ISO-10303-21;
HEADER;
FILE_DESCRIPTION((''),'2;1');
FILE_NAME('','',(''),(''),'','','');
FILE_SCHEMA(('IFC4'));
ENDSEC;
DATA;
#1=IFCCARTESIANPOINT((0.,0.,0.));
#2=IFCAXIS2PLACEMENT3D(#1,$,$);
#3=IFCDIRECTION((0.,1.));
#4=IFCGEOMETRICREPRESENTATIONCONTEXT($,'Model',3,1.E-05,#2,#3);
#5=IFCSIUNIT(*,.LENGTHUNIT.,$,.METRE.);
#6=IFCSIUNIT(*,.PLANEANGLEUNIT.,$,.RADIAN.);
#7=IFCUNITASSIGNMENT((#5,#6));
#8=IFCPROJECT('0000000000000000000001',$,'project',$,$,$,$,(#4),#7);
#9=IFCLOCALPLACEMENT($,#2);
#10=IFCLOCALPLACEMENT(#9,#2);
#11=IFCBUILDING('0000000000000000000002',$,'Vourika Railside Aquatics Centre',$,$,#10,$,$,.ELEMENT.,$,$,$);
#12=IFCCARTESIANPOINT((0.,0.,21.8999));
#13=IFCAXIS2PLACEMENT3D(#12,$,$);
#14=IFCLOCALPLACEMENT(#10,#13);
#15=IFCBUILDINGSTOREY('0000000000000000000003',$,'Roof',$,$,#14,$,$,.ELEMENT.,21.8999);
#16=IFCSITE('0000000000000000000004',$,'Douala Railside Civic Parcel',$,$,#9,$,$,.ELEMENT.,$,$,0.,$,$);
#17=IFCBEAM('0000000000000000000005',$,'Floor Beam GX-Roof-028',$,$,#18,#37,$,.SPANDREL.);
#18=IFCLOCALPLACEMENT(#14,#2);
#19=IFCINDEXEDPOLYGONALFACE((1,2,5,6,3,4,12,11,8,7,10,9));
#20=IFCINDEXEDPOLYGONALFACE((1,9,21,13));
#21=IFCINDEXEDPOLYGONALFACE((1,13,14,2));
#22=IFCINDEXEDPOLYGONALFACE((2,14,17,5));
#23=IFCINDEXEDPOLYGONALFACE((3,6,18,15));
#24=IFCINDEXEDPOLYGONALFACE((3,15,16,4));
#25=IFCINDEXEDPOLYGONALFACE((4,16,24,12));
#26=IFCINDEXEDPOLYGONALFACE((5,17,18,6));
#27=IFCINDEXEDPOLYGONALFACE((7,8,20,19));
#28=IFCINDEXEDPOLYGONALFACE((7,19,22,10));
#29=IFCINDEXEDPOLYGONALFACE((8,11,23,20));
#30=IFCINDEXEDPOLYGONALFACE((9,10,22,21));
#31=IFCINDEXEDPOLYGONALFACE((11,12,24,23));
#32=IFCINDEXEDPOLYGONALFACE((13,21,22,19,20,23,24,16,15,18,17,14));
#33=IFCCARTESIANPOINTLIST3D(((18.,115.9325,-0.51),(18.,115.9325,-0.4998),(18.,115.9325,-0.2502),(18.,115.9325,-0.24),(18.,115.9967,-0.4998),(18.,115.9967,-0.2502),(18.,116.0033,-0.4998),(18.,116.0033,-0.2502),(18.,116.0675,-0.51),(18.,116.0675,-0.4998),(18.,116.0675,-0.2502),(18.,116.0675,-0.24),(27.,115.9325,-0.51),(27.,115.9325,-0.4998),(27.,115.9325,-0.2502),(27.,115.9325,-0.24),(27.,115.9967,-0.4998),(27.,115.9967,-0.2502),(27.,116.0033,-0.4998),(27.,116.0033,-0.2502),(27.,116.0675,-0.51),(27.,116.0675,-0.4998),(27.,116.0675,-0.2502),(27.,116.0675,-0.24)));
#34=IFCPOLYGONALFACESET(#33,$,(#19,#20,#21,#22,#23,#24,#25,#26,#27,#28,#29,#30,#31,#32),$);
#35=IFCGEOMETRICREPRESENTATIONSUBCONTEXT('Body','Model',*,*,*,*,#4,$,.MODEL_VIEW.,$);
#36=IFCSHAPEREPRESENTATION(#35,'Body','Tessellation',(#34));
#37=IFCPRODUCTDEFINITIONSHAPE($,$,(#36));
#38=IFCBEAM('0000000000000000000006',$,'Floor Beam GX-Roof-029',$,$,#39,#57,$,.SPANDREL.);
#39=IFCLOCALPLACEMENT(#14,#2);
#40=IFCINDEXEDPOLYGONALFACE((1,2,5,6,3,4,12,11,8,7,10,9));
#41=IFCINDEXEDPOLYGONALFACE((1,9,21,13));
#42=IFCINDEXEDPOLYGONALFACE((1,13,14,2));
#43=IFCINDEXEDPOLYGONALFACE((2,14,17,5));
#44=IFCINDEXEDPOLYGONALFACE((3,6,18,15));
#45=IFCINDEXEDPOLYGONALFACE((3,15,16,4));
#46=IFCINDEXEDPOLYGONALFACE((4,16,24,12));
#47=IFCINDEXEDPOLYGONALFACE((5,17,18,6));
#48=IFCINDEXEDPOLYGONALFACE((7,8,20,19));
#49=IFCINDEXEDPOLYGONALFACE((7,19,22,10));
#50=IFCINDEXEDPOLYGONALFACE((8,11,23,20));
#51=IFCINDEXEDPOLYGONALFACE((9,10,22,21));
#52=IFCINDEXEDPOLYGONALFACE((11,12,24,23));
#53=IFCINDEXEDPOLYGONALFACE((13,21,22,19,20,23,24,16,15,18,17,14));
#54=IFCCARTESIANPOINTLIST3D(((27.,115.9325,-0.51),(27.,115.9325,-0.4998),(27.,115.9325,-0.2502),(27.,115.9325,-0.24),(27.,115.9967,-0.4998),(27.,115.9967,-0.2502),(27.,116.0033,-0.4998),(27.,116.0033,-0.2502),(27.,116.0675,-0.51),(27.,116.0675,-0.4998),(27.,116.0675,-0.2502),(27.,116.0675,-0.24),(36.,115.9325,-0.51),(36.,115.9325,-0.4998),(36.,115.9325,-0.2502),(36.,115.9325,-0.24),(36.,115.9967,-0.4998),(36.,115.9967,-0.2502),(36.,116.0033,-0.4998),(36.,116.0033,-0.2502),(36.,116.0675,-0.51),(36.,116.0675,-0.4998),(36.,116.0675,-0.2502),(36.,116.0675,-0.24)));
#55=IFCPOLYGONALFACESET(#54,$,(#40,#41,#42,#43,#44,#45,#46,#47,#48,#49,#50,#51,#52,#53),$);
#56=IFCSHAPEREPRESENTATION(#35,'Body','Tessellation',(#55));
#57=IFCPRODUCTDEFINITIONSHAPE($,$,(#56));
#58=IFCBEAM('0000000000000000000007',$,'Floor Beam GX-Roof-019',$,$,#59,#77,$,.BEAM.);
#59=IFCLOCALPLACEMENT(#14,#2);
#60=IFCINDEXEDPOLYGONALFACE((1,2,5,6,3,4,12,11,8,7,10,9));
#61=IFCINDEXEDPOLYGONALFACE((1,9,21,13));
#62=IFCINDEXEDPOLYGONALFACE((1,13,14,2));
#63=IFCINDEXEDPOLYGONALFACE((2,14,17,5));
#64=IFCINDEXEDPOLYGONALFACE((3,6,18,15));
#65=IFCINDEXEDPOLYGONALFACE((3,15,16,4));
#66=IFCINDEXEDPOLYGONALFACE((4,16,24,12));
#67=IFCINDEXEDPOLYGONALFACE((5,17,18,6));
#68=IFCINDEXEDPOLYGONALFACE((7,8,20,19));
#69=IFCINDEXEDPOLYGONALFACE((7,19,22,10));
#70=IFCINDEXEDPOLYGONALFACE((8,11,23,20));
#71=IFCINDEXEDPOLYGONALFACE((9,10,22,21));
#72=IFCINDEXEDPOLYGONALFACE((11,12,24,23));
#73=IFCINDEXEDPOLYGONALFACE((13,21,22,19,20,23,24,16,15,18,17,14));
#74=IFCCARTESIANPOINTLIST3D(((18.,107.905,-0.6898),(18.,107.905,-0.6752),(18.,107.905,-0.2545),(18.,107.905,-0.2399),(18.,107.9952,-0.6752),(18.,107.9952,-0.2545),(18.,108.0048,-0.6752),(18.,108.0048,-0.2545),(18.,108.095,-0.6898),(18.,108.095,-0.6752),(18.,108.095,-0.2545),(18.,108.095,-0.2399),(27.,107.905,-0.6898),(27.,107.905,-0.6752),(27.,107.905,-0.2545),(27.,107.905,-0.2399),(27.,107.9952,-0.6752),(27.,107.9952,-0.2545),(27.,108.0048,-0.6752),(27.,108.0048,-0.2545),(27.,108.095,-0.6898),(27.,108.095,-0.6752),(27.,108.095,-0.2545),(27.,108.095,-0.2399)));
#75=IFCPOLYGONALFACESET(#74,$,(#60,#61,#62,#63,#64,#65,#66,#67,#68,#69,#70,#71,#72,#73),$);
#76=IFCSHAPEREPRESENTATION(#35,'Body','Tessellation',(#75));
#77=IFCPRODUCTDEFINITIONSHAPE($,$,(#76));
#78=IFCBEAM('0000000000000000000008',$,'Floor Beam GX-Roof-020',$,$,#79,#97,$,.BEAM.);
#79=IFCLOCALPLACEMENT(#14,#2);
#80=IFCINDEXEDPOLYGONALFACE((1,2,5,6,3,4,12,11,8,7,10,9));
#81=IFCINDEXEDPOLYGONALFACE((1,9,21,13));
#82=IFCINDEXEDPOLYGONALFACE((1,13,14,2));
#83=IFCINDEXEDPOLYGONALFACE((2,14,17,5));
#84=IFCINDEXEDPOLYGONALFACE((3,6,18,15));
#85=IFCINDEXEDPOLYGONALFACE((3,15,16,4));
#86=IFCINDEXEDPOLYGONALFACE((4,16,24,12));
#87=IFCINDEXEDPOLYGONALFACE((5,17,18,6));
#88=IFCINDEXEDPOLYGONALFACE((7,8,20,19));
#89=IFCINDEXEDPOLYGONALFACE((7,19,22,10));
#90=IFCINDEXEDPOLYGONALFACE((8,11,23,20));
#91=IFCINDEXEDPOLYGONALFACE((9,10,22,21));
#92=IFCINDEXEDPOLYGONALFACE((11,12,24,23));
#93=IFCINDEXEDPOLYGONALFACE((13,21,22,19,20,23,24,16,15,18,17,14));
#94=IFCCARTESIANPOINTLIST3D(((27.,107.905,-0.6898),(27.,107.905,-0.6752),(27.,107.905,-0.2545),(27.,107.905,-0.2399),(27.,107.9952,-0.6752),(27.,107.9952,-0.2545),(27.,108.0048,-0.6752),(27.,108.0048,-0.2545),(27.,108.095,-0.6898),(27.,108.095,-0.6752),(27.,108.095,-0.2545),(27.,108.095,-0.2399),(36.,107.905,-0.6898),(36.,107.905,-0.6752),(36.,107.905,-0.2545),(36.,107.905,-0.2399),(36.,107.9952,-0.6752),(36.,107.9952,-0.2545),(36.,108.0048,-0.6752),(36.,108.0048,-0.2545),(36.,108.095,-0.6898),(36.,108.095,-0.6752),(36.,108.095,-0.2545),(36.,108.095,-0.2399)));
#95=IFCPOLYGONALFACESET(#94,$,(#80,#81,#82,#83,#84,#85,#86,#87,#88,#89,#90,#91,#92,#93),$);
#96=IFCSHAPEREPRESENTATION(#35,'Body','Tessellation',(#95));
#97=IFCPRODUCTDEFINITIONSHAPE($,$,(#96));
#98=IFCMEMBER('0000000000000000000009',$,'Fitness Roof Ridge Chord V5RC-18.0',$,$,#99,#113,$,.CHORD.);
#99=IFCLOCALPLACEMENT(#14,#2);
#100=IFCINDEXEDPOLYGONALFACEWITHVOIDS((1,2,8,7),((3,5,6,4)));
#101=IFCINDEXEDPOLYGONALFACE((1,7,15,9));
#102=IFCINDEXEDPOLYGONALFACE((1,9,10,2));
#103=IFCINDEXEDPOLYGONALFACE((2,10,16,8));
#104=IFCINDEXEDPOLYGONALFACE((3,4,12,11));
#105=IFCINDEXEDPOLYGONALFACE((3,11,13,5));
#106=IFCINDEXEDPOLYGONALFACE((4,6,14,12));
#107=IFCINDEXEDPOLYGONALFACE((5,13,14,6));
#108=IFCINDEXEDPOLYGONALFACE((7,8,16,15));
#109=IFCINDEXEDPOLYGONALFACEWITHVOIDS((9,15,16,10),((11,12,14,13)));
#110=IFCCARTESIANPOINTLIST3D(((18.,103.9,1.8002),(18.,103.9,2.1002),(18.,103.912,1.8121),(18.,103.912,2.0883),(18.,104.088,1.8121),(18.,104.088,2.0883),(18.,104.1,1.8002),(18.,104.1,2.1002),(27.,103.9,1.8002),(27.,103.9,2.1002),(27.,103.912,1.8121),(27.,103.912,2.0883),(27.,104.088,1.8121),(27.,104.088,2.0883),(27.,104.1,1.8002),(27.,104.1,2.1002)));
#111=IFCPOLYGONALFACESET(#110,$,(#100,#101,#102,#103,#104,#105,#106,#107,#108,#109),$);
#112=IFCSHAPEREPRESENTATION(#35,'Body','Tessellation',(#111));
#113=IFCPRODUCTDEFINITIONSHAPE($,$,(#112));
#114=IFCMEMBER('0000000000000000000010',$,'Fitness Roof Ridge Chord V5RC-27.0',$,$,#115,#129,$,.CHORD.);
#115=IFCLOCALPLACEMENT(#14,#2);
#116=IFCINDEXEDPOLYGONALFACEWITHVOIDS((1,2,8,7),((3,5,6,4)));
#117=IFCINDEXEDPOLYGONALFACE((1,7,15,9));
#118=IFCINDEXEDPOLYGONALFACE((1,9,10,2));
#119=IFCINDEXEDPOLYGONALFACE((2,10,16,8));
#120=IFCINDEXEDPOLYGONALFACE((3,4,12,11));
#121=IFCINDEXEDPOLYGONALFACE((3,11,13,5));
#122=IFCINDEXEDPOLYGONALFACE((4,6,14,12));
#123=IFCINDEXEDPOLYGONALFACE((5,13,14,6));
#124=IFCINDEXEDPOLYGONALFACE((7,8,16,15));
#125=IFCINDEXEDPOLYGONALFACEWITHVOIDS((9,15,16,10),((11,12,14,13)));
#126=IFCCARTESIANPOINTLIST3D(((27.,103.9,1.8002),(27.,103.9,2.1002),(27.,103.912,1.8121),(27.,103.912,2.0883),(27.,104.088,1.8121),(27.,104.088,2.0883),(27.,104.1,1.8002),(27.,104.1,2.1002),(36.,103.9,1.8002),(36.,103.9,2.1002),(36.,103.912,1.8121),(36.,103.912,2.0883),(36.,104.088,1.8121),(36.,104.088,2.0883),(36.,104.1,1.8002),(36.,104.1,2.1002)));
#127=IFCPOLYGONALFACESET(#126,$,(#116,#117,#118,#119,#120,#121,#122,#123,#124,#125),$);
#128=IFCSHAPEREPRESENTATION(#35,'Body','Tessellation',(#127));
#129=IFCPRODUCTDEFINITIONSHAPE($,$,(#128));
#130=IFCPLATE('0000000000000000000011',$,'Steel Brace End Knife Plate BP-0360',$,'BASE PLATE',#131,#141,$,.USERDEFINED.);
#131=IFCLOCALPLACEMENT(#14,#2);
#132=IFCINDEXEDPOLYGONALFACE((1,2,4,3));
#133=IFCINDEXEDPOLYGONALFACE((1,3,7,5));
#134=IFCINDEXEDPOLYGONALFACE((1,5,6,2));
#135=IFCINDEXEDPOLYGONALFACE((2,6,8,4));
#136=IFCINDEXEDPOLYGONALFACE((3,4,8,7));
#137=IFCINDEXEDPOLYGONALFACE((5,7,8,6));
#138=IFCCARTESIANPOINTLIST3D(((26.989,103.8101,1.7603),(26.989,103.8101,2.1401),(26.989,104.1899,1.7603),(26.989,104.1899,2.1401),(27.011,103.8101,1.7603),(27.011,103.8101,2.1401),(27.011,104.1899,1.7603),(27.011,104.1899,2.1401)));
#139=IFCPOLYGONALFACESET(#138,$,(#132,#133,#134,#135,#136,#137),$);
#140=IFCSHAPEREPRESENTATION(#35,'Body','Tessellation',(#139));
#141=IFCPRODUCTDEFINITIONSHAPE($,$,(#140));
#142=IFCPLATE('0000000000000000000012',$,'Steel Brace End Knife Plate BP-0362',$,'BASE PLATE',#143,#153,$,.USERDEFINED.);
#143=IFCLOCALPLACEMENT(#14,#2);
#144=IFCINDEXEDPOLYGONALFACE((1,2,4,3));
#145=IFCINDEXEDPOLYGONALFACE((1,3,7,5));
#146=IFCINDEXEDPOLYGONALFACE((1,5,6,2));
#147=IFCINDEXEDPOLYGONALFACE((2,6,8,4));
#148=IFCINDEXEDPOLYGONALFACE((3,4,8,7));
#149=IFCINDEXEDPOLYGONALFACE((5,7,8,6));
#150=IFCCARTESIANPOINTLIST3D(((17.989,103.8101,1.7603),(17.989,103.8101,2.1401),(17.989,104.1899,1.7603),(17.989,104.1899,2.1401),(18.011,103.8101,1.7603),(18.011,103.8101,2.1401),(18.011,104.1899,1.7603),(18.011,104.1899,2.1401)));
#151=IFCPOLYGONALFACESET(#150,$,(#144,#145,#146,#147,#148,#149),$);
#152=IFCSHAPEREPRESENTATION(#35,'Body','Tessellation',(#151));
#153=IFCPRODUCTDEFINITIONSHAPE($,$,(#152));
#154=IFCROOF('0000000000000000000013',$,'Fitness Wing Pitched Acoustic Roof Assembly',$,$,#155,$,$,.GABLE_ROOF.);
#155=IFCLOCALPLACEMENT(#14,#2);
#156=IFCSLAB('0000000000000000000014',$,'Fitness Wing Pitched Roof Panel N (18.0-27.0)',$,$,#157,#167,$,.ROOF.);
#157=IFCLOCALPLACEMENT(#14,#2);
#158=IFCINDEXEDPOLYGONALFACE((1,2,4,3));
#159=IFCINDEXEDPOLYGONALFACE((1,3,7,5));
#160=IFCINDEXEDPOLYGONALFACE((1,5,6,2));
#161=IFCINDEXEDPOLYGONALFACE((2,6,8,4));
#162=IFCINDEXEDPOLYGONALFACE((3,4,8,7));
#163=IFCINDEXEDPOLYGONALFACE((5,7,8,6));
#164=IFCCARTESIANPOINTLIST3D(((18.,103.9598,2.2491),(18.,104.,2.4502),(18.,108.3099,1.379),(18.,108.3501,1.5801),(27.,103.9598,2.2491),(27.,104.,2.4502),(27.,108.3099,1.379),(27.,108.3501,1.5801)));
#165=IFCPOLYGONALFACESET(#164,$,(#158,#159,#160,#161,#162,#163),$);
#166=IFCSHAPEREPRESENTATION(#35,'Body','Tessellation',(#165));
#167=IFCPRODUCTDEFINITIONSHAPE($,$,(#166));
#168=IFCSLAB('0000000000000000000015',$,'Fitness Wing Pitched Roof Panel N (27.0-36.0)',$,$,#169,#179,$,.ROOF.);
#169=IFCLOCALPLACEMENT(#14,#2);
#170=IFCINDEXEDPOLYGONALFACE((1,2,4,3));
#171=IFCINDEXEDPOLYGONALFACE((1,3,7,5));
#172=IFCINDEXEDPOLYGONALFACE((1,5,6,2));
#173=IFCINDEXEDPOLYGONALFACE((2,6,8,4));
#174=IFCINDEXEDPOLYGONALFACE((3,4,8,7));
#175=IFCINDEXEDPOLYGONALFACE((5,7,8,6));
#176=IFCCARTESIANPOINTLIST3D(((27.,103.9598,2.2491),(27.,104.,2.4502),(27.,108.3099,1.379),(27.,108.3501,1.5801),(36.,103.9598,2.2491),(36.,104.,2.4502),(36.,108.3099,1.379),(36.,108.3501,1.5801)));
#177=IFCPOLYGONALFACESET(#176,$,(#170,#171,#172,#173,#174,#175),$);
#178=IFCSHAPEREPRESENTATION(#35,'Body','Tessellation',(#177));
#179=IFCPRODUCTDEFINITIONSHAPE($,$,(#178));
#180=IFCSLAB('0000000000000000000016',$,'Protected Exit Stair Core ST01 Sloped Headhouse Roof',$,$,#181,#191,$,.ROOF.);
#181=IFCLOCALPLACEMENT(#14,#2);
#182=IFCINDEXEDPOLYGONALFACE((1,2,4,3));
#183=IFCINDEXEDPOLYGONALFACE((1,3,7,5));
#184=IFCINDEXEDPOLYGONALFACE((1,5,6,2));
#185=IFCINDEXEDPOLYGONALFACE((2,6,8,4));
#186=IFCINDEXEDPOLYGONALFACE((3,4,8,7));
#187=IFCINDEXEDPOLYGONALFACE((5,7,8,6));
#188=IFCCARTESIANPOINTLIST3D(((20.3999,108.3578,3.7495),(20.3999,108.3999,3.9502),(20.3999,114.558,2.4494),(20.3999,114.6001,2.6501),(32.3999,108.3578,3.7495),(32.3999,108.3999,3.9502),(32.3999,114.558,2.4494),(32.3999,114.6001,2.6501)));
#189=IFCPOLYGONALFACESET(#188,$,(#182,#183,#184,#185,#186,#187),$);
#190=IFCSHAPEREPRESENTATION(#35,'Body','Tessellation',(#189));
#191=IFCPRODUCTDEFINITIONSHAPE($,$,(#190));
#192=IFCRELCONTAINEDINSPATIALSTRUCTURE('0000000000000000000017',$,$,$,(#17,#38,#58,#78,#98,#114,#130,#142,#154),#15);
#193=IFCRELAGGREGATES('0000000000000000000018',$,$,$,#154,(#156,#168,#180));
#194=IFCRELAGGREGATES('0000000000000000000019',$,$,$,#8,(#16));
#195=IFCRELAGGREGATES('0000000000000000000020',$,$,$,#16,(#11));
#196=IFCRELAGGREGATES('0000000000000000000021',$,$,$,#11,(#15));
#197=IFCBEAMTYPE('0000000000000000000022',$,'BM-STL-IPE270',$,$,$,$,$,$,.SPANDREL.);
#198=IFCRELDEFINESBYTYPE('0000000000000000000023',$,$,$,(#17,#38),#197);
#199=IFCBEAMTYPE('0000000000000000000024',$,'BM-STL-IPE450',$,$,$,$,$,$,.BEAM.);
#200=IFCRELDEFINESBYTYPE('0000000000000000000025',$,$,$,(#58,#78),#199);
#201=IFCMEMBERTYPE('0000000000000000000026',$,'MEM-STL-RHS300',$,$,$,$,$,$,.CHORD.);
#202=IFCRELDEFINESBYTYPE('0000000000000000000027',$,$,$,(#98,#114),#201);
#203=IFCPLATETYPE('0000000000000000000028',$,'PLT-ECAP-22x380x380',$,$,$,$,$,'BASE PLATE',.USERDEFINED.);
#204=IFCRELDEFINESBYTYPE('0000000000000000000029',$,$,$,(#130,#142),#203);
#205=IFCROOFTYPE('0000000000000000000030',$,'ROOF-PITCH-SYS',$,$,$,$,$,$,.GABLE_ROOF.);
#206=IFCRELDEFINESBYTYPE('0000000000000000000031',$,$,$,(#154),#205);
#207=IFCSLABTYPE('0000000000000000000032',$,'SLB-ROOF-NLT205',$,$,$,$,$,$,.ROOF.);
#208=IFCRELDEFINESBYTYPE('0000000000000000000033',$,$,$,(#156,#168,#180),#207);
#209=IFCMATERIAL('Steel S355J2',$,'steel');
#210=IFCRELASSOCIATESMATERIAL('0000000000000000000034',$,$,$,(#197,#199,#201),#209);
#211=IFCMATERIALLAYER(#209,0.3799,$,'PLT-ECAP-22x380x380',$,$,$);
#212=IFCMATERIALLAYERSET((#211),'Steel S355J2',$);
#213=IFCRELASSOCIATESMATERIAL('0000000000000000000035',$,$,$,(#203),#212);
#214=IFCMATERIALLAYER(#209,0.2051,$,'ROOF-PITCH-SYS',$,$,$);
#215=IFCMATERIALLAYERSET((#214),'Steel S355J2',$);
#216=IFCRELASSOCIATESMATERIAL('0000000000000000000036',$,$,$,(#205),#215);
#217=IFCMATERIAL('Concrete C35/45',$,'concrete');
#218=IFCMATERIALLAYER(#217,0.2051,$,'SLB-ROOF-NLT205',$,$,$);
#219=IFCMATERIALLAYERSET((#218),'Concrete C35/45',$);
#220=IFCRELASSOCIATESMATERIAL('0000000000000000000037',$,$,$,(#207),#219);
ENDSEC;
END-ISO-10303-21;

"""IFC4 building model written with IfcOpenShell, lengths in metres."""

from ifc_helpers import new_model, si_unit, direction, frame, origin, origin_2d, place, context, subcontext, project, spatial, polyline, rectangle, hollow_rectangle, i_section, outline, extrude, material, layer, layer_set, material_profile, profile_set, type_object, element, aggregate, save


model = new_model("IFC4")

# Units and contexts
model_context = context("Model", 3, precision=1e-05, world=origin(), true_north=direction((0.0, 1.0)))
body_context = subcontext(model_context, "Body", "Model", "MODEL_VIEW")
ifc_project = project(units=[si_unit("LENGTHUNIT", "METRE"), si_unit("PLANEANGLEUNIT", "RADIAN")], contexts=[model_context])

# Site, building, storey
site_placement = place(None, origin())
site = spatial("IfcSite", under=ifc_project, at=site_placement, Name="Douala Railside Civic Parcel", CompositionType="ELEMENT", RefElevation=0.0)
building_placement = place(site_placement, origin())
building = spatial("IfcBuilding", under=site, at=building_placement, Name="Vourika Railside Aquatics Centre", CompositionType="ELEMENT")
storey_placement = place(building_placement, frame((0.0, 0.0, 21.8999)))
storey = spatial("IfcBuildingStorey", under=building, at=storey_placement, Name="Roof", CompositionType="ELEMENT", Elevation=21.8999)

# Beams
ifc_material_1 = material(Name="Steel S355J2", Category="steel")
ifc_material_profile_1 = material_profile(ifc_material_1, i_section(OverallWidth=0.135, OverallDepth=0.27, WebThickness=0.0066, FlangeThickness=0.0103, at=origin_2d()), Name="IPE 270")
ifc_profile_set_1 = profile_set([ifc_material_profile_1], Name="Steel S355J2")
beam_type_1 = type_object("IfcBeamType", Name="BM-STL-IPE270", PredefinedType="SPANDREL", material=ifc_profile_set_1)
for number, where, z_axis, x_axis, name in (
    (1, (18.0, 116.0, -0.375), (1.0, 0.0, 0.0), (0.0, 1.0, 0.0), "Floor Beam GX-Roof-028"),
    (2, (27.0, 116.0, -0.375), (1.0, 0.0, 0.0), (0.0, 1.0, 0.0), "Floor Beam GX-Roof-029"),
):
    element("IfcBeam", number, at=place(storey_placement, frame(where, z_axis=z_axis, x_axis=x_axis)), inside=storey, type_object=beam_type_1, Name=name, PredefinedType="SPANDREL", context=body_context, shape_type="SweptSolid", body=[
        extrude(i_section(OverallWidth=0.135, OverallDepth=0.27, WebThickness=0.0066, FlangeThickness=0.0103, at=origin_2d()), origin(), (0.0, 0.0, 1.0), 9.0),
    ])
ifc_material_profile_2 = material_profile(ifc_material_1, i_section(OverallWidth=0.1899, OverallDepth=0.45, WebThickness=0.0095, FlangeThickness=0.0146, at=origin_2d()), Name="IPE 450")
ifc_profile_set_2 = profile_set([ifc_material_profile_2], Name="Steel S355J2")
beam_type_2 = type_object("IfcBeamType", Name="BM-STL-IPE450", PredefinedType="BEAM", material=ifc_profile_set_2)
for number, where, z_axis, x_axis, name in (
    (3, (18.0, 108.0, -0.4648), (1.0, 0.0, 0.0), (0.0, 1.0, 0.0), "Floor Beam GX-Roof-019"),
    (4, (27.0, 108.0, -0.4648), (1.0, 0.0, 0.0), (0.0, 1.0, 0.0), "Floor Beam GX-Roof-020"),
):
    element("IfcBeam", number, at=place(storey_placement, frame(where, z_axis=z_axis, x_axis=x_axis)), inside=storey, type_object=beam_type_2, Name=name, PredefinedType="BEAM", context=body_context, shape_type="SweptSolid", body=[
        extrude(i_section(OverallWidth=0.1899, OverallDepth=0.45, WebThickness=0.0095, FlangeThickness=0.0146, at=origin_2d()), origin(), (0.0, 0.0, 1.0), 9.0),
    ])

# Members
ifc_material_profile_3 = material_profile(ifc_material_1, hollow_rectangle(XDim=0.2, YDim=0.3, WallThickness=0.012, at=origin_2d()), Name="RHS 300x200x12")
ifc_profile_set_3 = profile_set([ifc_material_profile_3], Name="Steel S355J2")
member_type = type_object("IfcMemberType", Name="MEM-STL-RHS300", PredefinedType="CHORD", material=ifc_profile_set_3)
for number, where, z_axis, x_axis, name in (
    (5, (18.0, 104.0, 1.9502), (1.0, 0.0, 0.0), (0.0, 1.0, 0.0), "Fitness Roof Ridge Chord V5RC-18.0"),
    (6, (27.0, 104.0, 1.9502), (1.0, 0.0, 0.0), (0.0, 1.0, 0.0), "Fitness Roof Ridge Chord V5RC-27.0"),
):
    element("IfcMember", number, at=place(storey_placement, frame(where, z_axis=z_axis, x_axis=x_axis)), inside=storey, type_object=member_type, Name=name, PredefinedType="CHORD", context=body_context, shape_type="SweptSolid", body=[
        extrude(hollow_rectangle(XDim=0.2, YDim=0.3, WallThickness=0.012, at=origin_2d()), origin(), (0.0, 0.0, 1.0), 9.0),
    ])

# Plates
ifc_layer_1 = layer(ifc_material_1, 0.3799, Name="PLT-ECAP-22x380x380")
ifc_layer_set_1 = layer_set([ifc_layer_1], Name="Steel S355J2")
plate_type = type_object("IfcPlateType", Name="PLT-ECAP-22x380x380", ElementType="BASE PLATE", PredefinedType="USERDEFINED", material=ifc_layer_set_1)
for number, where, z_axis, x_axis, name in (
    (7, (27.0, 104.0, 1.7603), (0.0, 0.0, 1.0), (1.0, 0.0, 0.0), "Steel Brace End Knife Plate BP-0360"),
    (8, (18.0, 104.0, 1.7603), (0.0, 0.0, 1.0), (1.0, 0.0, 0.0), "Steel Brace End Knife Plate BP-0362"),
):
    element("IfcPlate", number, at=place(storey_placement, frame(where, z_axis=z_axis, x_axis=x_axis)), inside=storey, type_object=plate_type, Name=name, ObjectType="BASE PLATE", PredefinedType="USERDEFINED", context=body_context, shape_type="SweptSolid", body=[
        extrude(rectangle(XDim=0.022, YDim=0.3799, at=origin_2d()), origin(), (0.0, 0.0, 1.0), 0.3799),
    ])

# Roof, slabs
ifc_layer_2 = layer(ifc_material_1, 0.2051, Name="ROOF-PITCH-SYS")
ifc_layer_set_2 = layer_set([ifc_layer_2], Name="Steel S355J2")
roof_type = type_object("IfcRoofType", Name="ROOF-PITCH-SYS", PredefinedType="GABLE_ROOF", material=ifc_layer_set_2)
roof_placement = place(storey_placement, origin())
roof = element("IfcRoof", 9, at=roof_placement, inside=storey, type_object=roof_type, Name="Fitness Wing Pitched Acoustic Roof Assembly", PredefinedType="GABLE_ROOF")
ifc_material_2 = material(Name="Concrete C35/45", Category="concrete")
ifc_layer_3 = layer(ifc_material_2, 0.2051, Name="SLB-ROOF-NLT205")
ifc_layer_set_3 = layer_set([ifc_layer_3], Name="Concrete C35/45")
slab_type = type_object("IfcSlabType", Name="SLB-ROOF-NLT205", PredefinedType="ROOF", material=ifc_layer_set_3)
slab_1_placement = place(storey_placement, frame((18.0, 104.0, 2.4502), z_axis=(0.0, 0.196137, 0.980576), x_axis=(1.0, 0.0, 0.0)))
slab_1 = element("IfcSlab", 10, at=slab_1_placement, type_object=slab_type, Name="Fitness Wing Pitched Roof Panel N (18.0-27.0)", PredefinedType="ROOF", context=body_context, shape_type="SweptSolid", body=[
    extrude(outline(polyline([(0.0, 0.0), (9.0, 0.0), (9.0, 4.4363), (0.0, 4.4363), (0.0, 0.0)])), origin(), (0.0, 0.0, -1.0), 0.2051),
])
slab_2_placement = place(storey_placement, frame((27.0, 104.0, 2.4502), z_axis=(0.0, 0.196137, 0.980576), x_axis=(1.0, 0.0, 0.0)))
slab_2 = element("IfcSlab", 11, at=slab_2_placement, type_object=slab_type, Name="Fitness Wing Pitched Roof Panel N (27.0-36.0)", PredefinedType="ROOF", context=body_context, shape_type="SweptSolid", body=[
    extrude(outline(polyline([(0.0, 0.0), (9.0, 0.0), (9.0, 4.4363), (0.0, 4.4363), (0.0, 0.0)])), origin(), (0.0, 0.0, -1.0), 0.2051),
])
slab_3_placement = place(storey_placement, frame((20.3999, 108.3999, 3.9502), z_axis=(0.0, 0.205216, 0.978717), x_axis=(1.0, 0.0, 0.0)))
slab_3 = element("IfcSlab", 12, at=slab_3_placement, type_object=slab_type, Name="Protected Exit Stair Core ST01 Sloped Headhouse Roof", PredefinedType="ROOF", context=body_context, shape_type="SweptSolid", body=[
    extrude(outline(polyline([(0.0, 0.0), (12.0, 0.0), (12.0, 6.335), (0.0, 6.335), (0.0, 0.0)])), origin(), (0.0, 0.0, -1.0), 0.2051),
])
aggregate(roof, [slab_1, slab_2, slab_3])

save(model, "model.ifc")
